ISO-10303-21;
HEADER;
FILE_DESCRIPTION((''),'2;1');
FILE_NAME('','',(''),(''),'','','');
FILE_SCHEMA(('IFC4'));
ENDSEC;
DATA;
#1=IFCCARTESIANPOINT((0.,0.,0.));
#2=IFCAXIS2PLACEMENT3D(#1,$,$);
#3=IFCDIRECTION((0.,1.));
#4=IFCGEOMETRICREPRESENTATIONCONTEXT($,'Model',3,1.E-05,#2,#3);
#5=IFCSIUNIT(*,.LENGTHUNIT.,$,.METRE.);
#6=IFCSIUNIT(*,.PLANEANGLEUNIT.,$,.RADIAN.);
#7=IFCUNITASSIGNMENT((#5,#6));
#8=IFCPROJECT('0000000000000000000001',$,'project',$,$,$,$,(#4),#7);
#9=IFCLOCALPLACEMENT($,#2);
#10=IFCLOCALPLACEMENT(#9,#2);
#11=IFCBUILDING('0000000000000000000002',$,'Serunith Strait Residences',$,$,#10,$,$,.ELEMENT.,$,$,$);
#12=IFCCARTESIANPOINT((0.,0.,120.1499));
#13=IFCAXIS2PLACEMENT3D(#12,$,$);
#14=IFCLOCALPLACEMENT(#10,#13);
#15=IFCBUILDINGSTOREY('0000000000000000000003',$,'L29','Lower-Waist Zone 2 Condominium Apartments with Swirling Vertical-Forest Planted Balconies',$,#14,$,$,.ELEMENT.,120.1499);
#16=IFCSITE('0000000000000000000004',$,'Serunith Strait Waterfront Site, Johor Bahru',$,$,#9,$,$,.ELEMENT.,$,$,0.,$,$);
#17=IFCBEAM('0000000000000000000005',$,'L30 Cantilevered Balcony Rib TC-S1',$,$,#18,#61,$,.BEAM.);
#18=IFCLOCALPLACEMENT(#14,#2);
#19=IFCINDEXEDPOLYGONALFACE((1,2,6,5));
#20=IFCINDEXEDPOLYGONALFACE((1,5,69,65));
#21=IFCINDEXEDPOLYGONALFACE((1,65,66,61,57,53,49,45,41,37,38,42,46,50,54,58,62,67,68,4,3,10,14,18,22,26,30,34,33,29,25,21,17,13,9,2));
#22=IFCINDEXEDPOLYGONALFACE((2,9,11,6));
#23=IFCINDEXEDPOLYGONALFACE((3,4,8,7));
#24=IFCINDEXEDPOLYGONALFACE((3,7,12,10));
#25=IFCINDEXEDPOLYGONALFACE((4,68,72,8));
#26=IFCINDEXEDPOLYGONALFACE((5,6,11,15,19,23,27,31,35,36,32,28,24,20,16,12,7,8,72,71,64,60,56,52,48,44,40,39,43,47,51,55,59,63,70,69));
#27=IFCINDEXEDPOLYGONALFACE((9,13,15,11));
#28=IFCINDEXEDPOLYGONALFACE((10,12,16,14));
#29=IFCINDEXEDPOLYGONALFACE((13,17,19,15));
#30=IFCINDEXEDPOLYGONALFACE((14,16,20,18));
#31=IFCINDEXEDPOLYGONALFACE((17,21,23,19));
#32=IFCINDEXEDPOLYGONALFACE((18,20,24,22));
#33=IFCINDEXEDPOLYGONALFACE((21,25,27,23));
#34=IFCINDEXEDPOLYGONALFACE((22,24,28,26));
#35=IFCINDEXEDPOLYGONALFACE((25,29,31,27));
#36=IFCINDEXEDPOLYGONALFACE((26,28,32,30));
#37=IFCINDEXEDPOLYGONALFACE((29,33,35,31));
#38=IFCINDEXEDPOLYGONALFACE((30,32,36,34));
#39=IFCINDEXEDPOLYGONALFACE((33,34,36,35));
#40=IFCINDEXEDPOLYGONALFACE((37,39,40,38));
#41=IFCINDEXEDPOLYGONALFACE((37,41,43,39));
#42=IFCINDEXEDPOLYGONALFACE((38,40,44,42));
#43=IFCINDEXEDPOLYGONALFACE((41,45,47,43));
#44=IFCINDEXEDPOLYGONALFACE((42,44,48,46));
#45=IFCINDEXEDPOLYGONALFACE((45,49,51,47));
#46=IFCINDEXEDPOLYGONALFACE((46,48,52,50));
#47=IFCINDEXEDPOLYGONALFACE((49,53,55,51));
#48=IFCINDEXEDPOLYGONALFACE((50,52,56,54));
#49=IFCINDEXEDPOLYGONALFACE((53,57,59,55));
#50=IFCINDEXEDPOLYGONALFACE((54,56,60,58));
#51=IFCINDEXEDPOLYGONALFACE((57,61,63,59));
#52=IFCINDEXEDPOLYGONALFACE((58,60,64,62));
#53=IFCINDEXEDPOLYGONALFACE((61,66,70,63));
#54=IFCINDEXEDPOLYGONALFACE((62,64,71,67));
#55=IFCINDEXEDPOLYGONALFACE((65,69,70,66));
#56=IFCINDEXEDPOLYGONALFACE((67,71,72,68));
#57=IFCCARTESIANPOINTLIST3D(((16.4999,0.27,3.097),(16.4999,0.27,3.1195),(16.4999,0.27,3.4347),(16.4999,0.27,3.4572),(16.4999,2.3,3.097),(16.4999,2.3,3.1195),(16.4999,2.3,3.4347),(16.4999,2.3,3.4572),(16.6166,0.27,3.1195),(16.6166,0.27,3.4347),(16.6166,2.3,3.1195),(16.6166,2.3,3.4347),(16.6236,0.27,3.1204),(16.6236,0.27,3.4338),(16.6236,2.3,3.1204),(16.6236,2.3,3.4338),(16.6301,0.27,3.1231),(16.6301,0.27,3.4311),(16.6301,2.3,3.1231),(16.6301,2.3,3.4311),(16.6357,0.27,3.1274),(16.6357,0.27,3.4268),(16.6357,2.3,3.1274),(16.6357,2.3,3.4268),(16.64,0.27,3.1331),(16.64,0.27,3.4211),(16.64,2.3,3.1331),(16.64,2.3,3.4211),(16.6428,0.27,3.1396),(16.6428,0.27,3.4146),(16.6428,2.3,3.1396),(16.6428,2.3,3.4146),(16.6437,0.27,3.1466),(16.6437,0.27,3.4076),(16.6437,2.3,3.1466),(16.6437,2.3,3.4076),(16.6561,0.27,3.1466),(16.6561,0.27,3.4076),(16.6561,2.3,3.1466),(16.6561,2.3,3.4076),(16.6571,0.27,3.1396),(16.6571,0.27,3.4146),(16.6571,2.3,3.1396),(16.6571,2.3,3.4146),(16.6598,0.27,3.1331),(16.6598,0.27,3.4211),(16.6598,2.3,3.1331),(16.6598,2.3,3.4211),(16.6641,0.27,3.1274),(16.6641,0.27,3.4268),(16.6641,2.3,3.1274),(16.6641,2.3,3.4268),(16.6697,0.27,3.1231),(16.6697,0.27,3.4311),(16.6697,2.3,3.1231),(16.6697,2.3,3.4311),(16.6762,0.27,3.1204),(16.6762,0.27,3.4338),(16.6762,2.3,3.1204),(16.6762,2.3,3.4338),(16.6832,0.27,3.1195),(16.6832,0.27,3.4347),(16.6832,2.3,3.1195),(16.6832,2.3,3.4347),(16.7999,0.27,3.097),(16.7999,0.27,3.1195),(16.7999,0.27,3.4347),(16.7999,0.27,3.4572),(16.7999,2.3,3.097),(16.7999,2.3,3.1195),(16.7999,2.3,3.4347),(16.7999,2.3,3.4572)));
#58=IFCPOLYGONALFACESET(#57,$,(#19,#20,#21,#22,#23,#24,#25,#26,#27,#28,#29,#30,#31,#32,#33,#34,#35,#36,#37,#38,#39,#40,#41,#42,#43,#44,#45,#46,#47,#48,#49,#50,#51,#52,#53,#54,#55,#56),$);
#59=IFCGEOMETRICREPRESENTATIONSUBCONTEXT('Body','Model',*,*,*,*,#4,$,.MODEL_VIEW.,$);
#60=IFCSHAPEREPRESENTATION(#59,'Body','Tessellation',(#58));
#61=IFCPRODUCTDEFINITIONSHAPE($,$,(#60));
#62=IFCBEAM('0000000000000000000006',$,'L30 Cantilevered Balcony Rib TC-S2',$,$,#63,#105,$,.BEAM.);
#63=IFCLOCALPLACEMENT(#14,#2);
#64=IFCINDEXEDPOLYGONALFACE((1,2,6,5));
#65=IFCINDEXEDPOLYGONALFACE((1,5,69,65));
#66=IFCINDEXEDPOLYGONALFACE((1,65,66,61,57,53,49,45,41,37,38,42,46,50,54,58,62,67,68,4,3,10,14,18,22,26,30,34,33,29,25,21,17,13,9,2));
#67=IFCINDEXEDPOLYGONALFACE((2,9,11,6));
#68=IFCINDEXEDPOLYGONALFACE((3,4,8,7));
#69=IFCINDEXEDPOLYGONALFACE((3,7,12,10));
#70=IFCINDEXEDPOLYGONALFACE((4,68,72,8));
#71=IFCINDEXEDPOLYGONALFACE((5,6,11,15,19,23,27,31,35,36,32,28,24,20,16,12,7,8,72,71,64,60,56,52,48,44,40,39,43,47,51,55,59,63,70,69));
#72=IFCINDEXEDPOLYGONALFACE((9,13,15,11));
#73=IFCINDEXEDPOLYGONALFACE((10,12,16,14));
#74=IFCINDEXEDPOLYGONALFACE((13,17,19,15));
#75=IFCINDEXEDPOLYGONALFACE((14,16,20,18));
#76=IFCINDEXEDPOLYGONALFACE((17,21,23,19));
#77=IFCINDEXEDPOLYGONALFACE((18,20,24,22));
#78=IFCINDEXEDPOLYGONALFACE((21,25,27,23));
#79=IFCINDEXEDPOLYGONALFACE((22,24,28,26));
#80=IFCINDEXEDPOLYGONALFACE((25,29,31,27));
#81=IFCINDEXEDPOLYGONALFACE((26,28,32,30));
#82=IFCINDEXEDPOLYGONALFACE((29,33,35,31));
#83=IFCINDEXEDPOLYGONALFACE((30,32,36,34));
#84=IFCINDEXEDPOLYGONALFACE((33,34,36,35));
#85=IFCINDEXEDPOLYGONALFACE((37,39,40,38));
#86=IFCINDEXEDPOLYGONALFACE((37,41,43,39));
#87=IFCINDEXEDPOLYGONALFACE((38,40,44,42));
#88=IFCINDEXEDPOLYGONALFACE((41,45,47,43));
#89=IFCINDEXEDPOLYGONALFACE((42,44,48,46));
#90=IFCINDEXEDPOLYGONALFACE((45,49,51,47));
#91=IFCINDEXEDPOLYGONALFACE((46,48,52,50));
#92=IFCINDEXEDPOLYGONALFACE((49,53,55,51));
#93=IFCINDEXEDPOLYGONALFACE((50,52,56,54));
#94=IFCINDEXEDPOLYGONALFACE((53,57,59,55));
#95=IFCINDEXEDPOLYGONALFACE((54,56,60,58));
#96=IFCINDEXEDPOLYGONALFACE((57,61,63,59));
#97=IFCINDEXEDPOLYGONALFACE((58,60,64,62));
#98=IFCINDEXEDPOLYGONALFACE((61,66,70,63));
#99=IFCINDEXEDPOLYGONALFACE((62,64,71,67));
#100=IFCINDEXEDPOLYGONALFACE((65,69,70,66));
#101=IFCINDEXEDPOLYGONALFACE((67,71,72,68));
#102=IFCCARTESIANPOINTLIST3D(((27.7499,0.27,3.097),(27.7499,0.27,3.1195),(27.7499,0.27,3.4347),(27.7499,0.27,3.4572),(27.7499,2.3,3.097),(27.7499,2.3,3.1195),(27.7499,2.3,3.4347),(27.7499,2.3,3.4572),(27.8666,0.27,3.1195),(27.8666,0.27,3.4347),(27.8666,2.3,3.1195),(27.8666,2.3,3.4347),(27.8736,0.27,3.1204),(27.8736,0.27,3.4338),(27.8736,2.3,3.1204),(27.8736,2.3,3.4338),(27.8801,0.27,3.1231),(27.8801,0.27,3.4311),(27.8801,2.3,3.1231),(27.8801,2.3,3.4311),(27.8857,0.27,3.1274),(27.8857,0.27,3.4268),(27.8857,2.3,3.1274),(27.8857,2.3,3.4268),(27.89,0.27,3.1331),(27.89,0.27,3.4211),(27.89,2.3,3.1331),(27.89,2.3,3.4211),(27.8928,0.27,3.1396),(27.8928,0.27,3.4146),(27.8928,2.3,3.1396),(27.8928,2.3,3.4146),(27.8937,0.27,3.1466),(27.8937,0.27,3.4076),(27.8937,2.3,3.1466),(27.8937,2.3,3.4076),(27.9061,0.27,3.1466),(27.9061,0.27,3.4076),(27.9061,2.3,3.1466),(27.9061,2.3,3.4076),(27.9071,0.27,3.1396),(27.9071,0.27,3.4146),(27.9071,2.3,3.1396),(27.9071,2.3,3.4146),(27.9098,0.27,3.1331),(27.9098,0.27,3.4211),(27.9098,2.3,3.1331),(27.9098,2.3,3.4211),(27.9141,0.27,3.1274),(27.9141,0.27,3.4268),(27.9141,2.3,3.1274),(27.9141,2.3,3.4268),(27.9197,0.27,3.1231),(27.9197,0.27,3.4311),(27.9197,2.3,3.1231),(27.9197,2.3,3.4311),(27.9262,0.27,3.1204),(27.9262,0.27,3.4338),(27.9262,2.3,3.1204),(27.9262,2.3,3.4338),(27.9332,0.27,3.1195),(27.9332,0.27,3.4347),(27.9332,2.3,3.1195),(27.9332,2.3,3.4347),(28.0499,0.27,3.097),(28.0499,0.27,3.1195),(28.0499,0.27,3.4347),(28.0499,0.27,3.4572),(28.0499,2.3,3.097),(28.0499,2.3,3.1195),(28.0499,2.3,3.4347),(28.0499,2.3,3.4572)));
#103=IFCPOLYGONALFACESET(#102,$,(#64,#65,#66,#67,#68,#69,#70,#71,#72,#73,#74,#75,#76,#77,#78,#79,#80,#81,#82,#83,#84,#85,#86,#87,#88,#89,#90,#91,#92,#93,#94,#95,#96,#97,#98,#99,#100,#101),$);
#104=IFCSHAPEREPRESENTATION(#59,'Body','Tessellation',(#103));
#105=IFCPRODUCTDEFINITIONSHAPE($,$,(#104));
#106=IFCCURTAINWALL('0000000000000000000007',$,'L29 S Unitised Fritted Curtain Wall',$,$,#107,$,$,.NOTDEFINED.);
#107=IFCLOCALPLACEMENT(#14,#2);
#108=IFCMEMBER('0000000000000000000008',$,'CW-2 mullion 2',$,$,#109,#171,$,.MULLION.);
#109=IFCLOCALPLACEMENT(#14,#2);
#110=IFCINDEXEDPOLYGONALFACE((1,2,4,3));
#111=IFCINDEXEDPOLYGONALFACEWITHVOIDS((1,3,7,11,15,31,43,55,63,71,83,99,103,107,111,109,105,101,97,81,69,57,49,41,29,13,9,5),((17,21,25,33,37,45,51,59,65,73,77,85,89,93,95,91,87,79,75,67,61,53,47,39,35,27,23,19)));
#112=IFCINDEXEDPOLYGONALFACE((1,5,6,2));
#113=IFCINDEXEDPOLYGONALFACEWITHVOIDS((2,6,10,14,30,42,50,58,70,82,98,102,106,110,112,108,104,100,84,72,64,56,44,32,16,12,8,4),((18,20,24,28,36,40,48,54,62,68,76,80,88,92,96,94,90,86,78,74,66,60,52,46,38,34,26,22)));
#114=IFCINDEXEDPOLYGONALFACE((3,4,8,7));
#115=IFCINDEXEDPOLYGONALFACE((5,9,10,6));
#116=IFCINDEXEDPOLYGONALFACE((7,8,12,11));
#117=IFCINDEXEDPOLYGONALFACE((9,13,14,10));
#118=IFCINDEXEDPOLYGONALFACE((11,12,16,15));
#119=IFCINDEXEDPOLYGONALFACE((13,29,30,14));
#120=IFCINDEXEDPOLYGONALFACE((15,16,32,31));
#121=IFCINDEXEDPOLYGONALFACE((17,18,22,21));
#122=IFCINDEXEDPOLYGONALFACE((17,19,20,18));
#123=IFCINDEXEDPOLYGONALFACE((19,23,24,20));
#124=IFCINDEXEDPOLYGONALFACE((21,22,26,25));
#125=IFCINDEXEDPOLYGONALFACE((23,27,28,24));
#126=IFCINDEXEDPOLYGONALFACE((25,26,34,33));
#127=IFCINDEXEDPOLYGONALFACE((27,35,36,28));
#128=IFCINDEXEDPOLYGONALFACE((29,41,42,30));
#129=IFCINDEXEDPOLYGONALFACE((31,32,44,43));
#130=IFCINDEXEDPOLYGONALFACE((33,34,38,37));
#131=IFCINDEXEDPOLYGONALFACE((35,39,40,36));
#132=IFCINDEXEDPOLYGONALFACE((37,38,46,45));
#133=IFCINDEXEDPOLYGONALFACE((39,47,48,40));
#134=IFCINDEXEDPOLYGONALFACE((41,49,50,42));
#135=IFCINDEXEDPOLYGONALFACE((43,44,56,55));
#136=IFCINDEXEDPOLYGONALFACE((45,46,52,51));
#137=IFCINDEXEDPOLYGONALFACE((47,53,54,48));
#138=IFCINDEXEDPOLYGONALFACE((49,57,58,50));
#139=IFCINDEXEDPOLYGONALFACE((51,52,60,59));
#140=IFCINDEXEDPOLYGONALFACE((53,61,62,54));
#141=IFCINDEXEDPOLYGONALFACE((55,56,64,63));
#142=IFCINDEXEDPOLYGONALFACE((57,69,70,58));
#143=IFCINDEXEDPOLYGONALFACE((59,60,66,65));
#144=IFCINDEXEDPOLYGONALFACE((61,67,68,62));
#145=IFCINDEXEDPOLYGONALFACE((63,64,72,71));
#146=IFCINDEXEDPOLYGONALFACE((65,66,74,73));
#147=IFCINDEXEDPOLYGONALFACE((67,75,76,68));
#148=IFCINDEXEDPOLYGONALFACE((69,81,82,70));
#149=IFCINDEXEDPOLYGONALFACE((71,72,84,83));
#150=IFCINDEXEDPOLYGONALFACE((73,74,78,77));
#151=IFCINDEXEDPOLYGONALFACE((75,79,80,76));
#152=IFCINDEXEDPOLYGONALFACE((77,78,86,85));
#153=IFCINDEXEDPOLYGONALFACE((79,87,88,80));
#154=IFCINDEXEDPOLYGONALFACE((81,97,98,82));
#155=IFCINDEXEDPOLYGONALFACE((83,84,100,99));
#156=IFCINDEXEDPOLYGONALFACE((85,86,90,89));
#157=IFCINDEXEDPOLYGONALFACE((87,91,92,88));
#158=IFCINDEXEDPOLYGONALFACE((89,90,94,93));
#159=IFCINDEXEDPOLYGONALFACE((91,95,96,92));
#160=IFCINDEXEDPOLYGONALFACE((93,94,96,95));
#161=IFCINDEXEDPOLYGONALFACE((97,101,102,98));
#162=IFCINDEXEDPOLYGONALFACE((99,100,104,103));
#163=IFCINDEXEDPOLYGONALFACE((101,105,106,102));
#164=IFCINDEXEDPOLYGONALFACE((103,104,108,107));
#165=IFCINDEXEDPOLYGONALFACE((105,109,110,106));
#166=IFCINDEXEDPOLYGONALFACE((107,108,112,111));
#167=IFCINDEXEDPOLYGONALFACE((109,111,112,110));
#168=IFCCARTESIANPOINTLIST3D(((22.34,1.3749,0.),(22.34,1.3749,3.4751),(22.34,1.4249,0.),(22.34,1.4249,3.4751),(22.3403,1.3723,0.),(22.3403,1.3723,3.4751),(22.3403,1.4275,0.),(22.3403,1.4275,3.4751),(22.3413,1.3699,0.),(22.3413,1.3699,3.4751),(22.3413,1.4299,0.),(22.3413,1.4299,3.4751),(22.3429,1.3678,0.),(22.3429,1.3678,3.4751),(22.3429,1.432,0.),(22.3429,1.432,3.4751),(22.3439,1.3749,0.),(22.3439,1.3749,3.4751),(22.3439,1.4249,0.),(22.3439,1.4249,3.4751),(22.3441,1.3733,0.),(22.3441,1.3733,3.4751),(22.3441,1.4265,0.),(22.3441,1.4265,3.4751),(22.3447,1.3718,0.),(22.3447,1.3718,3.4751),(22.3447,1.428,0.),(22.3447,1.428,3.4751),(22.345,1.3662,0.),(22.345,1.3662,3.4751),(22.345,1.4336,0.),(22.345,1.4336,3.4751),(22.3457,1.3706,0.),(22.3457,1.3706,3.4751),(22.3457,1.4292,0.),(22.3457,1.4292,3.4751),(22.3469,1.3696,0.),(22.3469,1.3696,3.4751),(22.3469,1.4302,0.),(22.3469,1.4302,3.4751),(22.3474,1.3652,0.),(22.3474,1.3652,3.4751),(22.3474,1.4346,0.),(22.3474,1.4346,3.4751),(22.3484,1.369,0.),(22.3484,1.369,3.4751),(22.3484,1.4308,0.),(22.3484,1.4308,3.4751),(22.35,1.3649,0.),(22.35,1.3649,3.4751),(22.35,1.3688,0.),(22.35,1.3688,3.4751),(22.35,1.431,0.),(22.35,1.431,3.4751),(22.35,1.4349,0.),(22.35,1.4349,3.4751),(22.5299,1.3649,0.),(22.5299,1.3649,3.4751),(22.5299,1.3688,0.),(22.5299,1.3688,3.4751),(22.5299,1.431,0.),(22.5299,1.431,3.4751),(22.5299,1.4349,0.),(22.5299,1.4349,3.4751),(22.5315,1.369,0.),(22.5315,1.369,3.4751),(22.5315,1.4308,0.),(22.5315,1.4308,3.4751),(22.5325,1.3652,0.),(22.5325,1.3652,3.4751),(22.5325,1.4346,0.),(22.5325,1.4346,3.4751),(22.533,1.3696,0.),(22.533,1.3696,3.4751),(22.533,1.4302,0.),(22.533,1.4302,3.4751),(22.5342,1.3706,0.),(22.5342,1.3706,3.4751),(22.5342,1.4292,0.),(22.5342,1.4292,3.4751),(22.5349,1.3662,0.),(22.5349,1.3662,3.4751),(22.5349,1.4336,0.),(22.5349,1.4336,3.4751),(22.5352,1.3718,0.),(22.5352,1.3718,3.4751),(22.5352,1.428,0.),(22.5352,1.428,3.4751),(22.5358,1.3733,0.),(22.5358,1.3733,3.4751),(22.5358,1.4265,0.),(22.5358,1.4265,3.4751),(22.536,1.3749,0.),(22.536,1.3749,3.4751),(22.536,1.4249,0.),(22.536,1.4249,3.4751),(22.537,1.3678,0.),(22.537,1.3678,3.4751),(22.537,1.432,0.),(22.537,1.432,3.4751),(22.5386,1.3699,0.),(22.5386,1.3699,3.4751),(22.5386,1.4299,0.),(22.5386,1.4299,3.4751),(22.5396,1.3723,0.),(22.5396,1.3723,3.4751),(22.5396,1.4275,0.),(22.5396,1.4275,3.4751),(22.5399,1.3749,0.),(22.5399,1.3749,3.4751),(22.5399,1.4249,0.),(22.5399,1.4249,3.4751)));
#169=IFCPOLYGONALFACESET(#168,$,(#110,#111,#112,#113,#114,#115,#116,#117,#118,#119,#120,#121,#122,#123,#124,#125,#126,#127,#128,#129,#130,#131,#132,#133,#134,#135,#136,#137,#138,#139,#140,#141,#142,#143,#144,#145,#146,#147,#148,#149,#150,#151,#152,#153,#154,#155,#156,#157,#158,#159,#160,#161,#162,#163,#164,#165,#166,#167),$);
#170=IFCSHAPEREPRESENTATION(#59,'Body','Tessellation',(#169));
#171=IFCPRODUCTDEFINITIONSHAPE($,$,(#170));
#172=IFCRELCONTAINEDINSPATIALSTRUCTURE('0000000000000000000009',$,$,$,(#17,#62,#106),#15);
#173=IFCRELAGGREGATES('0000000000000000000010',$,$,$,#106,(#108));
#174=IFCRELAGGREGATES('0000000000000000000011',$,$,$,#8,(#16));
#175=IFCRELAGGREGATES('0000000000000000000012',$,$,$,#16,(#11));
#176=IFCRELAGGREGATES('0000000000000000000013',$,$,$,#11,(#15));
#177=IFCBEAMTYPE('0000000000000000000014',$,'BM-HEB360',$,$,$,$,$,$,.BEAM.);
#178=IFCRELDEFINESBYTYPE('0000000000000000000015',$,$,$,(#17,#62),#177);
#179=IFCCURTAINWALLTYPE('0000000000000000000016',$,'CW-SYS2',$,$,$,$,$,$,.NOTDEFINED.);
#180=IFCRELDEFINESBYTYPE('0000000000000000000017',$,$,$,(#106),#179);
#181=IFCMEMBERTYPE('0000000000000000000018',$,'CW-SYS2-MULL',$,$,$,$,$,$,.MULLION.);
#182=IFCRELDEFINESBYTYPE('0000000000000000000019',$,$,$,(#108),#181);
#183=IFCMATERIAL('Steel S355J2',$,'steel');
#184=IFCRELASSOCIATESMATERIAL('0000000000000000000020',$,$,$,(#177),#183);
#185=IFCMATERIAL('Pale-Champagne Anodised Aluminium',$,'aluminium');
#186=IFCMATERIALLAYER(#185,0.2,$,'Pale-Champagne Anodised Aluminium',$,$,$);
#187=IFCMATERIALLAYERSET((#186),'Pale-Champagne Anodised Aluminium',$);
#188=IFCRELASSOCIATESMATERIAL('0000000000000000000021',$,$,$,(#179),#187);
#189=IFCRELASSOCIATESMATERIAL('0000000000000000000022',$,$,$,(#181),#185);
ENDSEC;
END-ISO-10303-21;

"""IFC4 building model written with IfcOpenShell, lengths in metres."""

from ifc_helpers import new_model, si_unit, direction, frame, origin, origin_2d, place, context, subcontext, project, spatial, hollow_rectangle, i_section, extrude, source, transform, mapped, material, layer, layer_set, material_profile, profile_set, type_object, element, aggregate, save


model = new_model("IFC4")

# Units and contexts
model_context = context("Model", 3, precision=1e-05, world=origin(), true_north=direction((0.0, 1.0)))
body_context = subcontext(model_context, "Body", "Model", "MODEL_VIEW")
ifc_project = project(units=[si_unit("LENGTHUNIT", "METRE"), si_unit("PLANEANGLEUNIT", "RADIAN")], contexts=[model_context])

# Site, building, storey
site_placement = place(None, origin())
site = spatial("IfcSite", under=ifc_project, at=site_placement, Name="Serunith Strait Waterfront Site, Johor Bahru", CompositionType="ELEMENT", RefElevation=0.0)
building_placement = place(site_placement, origin())
building = spatial("IfcBuilding", under=site, at=building_placement, Name="Serunith Strait Residences", CompositionType="ELEMENT")
storey_placement = place(building_placement, frame((0.0, 0.0, 120.1499)))
storey = spatial("IfcBuildingStorey", under=building, at=storey_placement, Name="L29", Description="Lower-Waist Zone 2 Condominium Apartments with Swirling Vertical-Forest Planted Balconies", CompositionType="ELEMENT", Elevation=120.1499)

# Beams
ifc_material_1 = material(Name="Steel S355J2", Category="steel")
ifc_material_profile_1 = material_profile(ifc_material_1, i_section(OverallWidth=0.3, OverallDepth=0.3601, WebThickness=0.0125, FlangeThickness=0.0225, FilletRadius=0.0271, at=origin_2d()), Name="HEB 360")
ifc_profile_set_1 = profile_set([ifc_material_profile_1], Name="Steel S355J2")
beam_type_1 = type_object("IfcBeamType", Name="BM-HEB360", PredefinedType="BEAM", material=ifc_profile_set_1)
shared_shape_1 = source(origin(), body_context, "Body", "SweptSolid", [
    extrude(i_section(OverallWidth=0.3, OverallDepth=0.3601, WebThickness=0.0125, FlangeThickness=0.0225, FilletRadius=0.0271, at=origin_2d()), origin(), (0.0, 0.0, 1.0), 2.03),
])
for number, where, z_axis, x_axis, name in (
    (1, (16.6499, 2.3, 3.2771), (0.0, -1.0, 0.0), (1.0, 0.0, 0.0), "L30 Cantilevered Balcony Rib TC-S1"),
    (2, (27.8999, 2.3, 3.2771), (0.0, -1.0, 0.0), (1.0, 0.0, 0.0), "L30 Cantilevered Balcony Rib TC-S2"),
):
    element("IfcBeam", number, at=place(storey_placement, frame(where, z_axis=z_axis, x_axis=x_axis)), inside=storey, type_object=beam_type_1, Name=name, PredefinedType="BEAM", context=body_context, shape_type="MappedRepresentation", body=[
        mapped(shared_shape_1, transform((0.0, 0.0, 0.0), scale=1.0)),
    ])

# Curtain wall, member
ifc_material_2 = material(Name="Pale-Champagne Anodised Aluminium", Category="aluminium")
ifc_layer_1 = layer(ifc_material_2, 0.2, Name="Pale-Champagne Anodised Aluminium")
ifc_layer_set_1 = layer_set([ifc_layer_1], Name="Pale-Champagne Anodised Aluminium")
curtain_wall_type = type_object("IfcCurtainWallType", Name="CW-SYS2", PredefinedType="NOTDEFINED", material=ifc_layer_set_1)
curtain_wall_placement = place(storey_placement, origin())
curtain_wall = element("IfcCurtainWall", 3, at=curtain_wall_placement, inside=storey, type_object=curtain_wall_type, Name="L29 S Unitised Fritted Curtain Wall", PredefinedType="NOTDEFINED")
ifc_material_profile_2 = material_profile(ifc_material_2, hollow_rectangle(XDim=0.0701, YDim=0.2, WallThickness=0.0039, InnerFilletRadius=0.0061, OuterFilletRadius=0.01, at=origin_2d()), Name="ALU 200x70x4")
ifc_profile_set_2 = profile_set([ifc_material_profile_2], Name="Pale-Champagne Anodised Aluminium")
member_type_1 = type_object("IfcMemberType", Name="CW-SYS2-MULL", PredefinedType="MULLION", material=ifc_profile_set_2)
shared_shape_2 = source(origin(), body_context, "Body", "SweptSolid", [
    extrude(hollow_rectangle(XDim=0.0701, YDim=0.2, WallThickness=0.0039, InnerFilletRadius=0.0061, OuterFilletRadius=0.01, at=origin_2d()), origin(), (0.0, 0.0, 1.0), 3.4751),
])
member_1_placement = place(storey_placement, frame((22.4399, 1.3999, 0.0), z_axis=(0.0, 0.0, 1.0), x_axis=(0.0, 1.0, 0.0)))
member_1 = element("IfcMember", 4, at=member_1_placement, type_object=member_type_1, Name="CW-2 mullion 2", PredefinedType="MULLION", context=body_context, shape_type="MappedRepresentation", body=[
    mapped(shared_shape_2, transform((0.0, 0.0, 0.0), scale=1.0)),
])
aggregate(curtain_wall, [member_1])

save(model, "model.ifc")
